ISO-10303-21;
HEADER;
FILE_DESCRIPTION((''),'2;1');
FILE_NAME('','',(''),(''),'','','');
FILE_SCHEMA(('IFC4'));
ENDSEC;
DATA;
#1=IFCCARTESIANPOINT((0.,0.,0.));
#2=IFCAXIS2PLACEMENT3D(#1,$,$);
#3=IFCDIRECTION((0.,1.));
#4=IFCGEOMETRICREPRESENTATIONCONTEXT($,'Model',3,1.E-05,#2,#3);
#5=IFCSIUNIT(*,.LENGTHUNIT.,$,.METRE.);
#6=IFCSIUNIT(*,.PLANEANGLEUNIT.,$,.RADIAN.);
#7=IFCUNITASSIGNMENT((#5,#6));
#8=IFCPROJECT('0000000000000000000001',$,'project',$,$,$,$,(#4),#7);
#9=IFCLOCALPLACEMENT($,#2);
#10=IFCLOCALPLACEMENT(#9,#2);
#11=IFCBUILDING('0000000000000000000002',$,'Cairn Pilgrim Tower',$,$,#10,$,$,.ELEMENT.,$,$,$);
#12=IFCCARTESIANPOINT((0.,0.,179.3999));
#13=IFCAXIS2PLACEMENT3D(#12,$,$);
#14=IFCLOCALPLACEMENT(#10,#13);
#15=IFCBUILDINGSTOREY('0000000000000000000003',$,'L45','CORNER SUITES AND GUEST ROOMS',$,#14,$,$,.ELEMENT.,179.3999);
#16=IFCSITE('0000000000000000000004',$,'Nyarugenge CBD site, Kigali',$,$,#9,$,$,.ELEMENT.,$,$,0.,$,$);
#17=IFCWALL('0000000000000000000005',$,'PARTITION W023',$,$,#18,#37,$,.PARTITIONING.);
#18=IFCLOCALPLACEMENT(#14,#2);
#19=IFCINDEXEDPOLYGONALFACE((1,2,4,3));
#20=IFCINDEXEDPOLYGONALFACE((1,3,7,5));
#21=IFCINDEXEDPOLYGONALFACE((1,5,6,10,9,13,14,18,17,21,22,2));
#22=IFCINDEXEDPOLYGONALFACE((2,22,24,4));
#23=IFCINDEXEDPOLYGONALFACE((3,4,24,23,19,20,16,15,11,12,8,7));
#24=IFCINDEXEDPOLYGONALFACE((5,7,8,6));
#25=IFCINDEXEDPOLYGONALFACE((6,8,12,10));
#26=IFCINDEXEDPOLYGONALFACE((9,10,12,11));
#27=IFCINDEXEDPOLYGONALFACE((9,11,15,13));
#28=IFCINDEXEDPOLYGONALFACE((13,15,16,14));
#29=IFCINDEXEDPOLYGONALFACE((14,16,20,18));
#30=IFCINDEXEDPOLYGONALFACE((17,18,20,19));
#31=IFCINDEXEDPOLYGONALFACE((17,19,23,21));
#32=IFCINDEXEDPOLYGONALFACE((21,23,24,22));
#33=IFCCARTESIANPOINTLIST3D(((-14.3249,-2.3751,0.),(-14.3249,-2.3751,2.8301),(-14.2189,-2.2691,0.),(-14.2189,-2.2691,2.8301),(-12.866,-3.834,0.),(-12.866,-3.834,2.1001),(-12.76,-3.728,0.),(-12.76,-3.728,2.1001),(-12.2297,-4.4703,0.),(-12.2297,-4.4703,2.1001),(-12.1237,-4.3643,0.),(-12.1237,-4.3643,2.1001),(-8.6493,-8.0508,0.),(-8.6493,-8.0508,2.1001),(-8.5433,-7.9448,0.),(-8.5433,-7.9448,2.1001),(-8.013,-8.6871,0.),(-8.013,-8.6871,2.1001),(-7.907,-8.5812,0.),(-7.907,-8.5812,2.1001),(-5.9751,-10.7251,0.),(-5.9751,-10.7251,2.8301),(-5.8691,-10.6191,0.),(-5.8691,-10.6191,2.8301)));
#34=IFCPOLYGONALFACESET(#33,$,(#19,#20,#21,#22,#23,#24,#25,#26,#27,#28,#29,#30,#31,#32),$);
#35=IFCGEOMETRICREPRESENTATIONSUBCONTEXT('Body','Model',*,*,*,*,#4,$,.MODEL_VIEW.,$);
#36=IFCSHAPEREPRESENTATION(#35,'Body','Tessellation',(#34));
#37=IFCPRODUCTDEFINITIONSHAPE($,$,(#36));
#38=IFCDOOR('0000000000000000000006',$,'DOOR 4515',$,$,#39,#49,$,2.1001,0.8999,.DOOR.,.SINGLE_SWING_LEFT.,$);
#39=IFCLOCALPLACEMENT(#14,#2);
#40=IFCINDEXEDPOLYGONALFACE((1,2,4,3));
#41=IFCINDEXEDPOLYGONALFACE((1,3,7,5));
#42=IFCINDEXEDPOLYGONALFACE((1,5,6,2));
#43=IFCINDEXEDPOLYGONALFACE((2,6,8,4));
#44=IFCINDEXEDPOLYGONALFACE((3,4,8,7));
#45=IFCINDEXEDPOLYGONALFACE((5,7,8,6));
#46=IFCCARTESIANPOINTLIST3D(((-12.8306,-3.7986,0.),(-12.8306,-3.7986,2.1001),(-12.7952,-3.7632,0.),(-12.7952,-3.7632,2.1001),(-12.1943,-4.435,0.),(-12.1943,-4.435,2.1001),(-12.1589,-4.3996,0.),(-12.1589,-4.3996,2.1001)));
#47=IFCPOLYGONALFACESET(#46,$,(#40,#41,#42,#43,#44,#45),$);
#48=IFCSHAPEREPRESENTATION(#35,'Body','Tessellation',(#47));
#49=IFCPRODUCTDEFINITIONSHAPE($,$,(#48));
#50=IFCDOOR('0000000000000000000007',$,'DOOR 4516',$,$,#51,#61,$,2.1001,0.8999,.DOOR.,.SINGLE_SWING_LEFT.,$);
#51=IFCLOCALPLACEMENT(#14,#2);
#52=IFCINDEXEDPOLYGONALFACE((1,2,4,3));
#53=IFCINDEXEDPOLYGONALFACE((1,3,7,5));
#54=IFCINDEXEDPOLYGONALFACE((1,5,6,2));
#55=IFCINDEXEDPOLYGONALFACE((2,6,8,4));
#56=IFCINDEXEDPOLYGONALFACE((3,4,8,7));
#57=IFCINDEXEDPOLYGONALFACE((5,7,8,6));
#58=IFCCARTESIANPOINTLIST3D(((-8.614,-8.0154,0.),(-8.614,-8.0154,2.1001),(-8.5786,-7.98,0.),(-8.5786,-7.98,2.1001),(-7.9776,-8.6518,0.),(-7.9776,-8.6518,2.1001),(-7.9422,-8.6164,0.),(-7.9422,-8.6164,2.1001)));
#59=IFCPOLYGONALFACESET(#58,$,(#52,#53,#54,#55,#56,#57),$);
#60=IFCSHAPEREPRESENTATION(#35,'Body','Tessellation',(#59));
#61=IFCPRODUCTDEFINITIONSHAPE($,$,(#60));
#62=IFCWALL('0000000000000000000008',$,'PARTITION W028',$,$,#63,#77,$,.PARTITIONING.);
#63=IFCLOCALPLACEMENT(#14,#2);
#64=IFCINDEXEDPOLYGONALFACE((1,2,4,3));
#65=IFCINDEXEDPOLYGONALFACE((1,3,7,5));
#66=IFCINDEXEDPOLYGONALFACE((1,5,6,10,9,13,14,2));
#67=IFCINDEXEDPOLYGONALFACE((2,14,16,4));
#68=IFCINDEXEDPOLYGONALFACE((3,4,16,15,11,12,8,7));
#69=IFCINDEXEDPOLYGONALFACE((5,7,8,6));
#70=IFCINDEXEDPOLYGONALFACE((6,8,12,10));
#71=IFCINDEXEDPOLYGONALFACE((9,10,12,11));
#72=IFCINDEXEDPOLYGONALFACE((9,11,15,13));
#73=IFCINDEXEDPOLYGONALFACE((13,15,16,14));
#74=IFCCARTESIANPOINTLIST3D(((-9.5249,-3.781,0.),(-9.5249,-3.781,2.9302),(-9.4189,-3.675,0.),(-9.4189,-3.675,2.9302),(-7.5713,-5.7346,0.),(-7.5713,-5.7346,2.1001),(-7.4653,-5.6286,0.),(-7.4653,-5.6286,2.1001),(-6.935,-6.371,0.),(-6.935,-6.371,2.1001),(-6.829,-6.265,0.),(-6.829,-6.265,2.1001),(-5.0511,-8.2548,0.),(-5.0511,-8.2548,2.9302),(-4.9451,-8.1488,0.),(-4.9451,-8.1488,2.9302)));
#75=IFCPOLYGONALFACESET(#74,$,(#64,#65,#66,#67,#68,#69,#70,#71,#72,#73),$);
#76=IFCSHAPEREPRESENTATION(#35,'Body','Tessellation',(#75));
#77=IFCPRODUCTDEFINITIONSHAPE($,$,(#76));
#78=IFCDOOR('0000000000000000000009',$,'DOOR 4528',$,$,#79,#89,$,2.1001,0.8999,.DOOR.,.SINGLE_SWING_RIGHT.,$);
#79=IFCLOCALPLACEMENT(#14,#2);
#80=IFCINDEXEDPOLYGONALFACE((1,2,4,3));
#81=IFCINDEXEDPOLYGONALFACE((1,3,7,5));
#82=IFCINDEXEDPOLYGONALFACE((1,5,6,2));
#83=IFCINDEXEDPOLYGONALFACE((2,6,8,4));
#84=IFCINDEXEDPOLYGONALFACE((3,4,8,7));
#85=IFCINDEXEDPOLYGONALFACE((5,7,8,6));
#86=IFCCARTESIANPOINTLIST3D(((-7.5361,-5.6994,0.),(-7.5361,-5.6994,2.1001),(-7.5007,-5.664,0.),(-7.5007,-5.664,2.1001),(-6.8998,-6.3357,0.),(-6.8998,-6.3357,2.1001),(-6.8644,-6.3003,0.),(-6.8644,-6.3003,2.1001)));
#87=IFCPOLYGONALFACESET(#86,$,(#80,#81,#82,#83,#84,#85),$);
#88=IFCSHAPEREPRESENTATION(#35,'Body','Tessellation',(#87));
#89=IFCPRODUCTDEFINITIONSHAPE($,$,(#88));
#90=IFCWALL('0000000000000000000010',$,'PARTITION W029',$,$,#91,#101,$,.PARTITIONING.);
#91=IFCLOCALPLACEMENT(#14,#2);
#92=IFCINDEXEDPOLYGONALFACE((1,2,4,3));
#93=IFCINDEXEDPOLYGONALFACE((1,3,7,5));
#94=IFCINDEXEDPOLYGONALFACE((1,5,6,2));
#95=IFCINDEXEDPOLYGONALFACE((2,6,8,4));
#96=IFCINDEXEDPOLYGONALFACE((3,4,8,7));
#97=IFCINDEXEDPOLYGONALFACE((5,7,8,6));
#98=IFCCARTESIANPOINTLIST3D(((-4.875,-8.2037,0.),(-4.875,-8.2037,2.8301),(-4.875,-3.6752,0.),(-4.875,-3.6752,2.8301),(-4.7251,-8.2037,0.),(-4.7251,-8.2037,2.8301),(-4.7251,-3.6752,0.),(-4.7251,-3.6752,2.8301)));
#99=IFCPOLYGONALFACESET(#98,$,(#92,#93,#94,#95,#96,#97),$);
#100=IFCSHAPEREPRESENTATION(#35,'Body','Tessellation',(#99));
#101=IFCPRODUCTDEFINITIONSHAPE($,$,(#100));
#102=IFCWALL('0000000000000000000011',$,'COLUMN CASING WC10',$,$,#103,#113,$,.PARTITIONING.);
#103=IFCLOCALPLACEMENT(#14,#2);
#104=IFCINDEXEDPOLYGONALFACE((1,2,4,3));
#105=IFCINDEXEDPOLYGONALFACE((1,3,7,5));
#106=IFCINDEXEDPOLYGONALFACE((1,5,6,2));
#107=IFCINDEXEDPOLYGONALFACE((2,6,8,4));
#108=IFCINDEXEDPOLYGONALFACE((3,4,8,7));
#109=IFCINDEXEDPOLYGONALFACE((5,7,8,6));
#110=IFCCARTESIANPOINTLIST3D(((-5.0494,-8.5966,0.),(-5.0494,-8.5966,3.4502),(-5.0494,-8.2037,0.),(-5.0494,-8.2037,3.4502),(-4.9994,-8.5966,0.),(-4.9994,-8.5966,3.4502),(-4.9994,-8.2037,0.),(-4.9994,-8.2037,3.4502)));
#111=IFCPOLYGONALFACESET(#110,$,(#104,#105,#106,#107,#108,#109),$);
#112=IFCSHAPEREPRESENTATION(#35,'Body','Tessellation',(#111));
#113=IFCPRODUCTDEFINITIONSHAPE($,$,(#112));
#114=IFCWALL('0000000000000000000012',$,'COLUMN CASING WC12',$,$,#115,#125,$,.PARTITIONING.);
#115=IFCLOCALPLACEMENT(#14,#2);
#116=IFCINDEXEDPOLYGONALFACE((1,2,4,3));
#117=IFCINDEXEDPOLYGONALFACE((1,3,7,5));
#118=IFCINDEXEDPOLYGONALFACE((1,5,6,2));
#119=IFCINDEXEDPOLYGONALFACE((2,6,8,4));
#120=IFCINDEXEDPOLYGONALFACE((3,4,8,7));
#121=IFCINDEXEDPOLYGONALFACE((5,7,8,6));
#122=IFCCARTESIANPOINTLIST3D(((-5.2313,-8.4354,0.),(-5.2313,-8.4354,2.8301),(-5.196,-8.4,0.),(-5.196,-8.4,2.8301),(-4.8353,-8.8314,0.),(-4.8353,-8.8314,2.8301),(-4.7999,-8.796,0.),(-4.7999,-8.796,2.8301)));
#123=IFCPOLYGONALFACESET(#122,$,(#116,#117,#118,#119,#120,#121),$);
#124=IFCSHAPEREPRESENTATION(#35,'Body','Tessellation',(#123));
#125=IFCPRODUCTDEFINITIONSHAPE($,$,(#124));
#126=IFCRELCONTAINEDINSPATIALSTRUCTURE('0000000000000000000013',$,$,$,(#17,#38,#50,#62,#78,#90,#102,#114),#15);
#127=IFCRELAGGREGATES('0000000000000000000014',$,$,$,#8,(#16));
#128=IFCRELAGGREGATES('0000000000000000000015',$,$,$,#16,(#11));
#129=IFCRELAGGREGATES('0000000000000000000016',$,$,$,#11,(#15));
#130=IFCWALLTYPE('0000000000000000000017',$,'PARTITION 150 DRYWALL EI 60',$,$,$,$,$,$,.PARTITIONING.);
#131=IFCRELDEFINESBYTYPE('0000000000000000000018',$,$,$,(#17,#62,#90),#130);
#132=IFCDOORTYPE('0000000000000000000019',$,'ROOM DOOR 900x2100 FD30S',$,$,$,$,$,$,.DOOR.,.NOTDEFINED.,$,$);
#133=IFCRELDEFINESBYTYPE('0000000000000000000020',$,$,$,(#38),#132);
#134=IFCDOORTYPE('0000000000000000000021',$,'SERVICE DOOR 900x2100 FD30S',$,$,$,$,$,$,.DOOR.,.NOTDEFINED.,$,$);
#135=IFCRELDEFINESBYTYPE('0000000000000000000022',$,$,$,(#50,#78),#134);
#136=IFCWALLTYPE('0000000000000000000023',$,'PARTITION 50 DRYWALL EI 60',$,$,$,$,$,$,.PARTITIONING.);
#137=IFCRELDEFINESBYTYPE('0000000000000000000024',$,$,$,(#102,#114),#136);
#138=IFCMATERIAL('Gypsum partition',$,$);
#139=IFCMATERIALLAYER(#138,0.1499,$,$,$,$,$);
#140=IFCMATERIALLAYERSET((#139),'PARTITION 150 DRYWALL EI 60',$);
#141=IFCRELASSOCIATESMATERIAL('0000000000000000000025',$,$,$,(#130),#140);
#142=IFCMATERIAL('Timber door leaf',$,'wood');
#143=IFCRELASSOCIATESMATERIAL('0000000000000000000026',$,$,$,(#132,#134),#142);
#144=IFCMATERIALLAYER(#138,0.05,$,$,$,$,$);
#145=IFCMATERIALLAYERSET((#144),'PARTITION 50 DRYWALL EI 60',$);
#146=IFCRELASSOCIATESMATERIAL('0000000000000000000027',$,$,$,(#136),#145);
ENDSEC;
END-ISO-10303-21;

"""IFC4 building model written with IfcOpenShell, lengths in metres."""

from ifc_helpers import new_model, si_unit, direction, frame, frame_2d, origin, place, context, subcontext, project, spatial, rectangle, extrude, material, layer, layer_set, type_object, element, fill, save


model = new_model("IFC4")

# Units and contexts
model_context = context("Model", 3, precision=1e-05, world=origin(), true_north=direction((0.0, 1.0)))
body_context = subcontext(model_context, "Body", "Model", "MODEL_VIEW")
ifc_project = project(units=[si_unit("LENGTHUNIT", "METRE"), si_unit("PLANEANGLEUNIT", "RADIAN")], contexts=[model_context])

# Site, building, storey
site_placement = place(None, origin())
site = spatial("IfcSite", under=ifc_project, at=site_placement, Name="Nyarugenge CBD site, Kigali", CompositionType="ELEMENT", RefElevation=0.0)
building_placement = place(site_placement, origin())
building = spatial("IfcBuilding", under=site, at=building_placement, Name="Cairn Pilgrim Tower", CompositionType="ELEMENT")
storey_placement = place(building_placement, frame((0.0, 0.0, 179.3999)))
storey = spatial("IfcBuildingStorey", under=building, at=storey_placement, Name="L45", Description="CORNER SUITES AND GUEST ROOMS", CompositionType="ELEMENT", Elevation=179.3999)

# Wall, openings, doors
ifc_material_1 = material(Name="Gypsum partition")
ifc_layer_1 = layer(ifc_material_1, 0.1499)
ifc_layer_set_1 = layer_set([ifc_layer_1], Name="PARTITION 150 DRYWALL EI 60")
wall_type_1 = type_object("IfcWallType", Name="PARTITION 150 DRYWALL EI 60", PredefinedType="PARTITIONING", material=ifc_layer_set_1)
ifc_material_2 = material(Name="Timber door leaf", Category="wood")
door_type_1 = type_object("IfcDoorType", Name="ROOM DOOR 900x2100 FD30S", OperationType="NOTDEFINED", PredefinedType="DOOR", material=ifc_material_2)
wall_1_placement = place(storey_placement, frame((-5.9221, -10.6721, 0.0), z_axis=(0.0, 0.0, 1.0), x_axis=(-0.707096, 0.707117, 0.0)))
wall_1 = element("IfcWall", 1, at=wall_1_placement, inside=storey, type_object=wall_type_1, Name="PARTITION W023", PredefinedType="PARTITIONING", context=body_context, shape_type="SweptSolid", body=[
    extrude(rectangle(XDim=11.8086, YDim=0.1499, at=frame_2d((5.9043, 0.0))), origin(), (0.0, 0.0, 1.0), 2.8301),
])
opening_1_placement = place(wall_1_placement, frame((8.8455, 0.0, 0.0)))
opening_1 = element("IfcOpeningElement", 2, at=opening_1_placement, cuts=wall_1, PredefinedType="OPENING", context=body_context, shape_type="SweptSolid", body=[
    extrude(rectangle(XDim=0.8999, YDim=2.1001, at=frame_2d((0.45, 1.05))), frame((0.0, 0.085, 0.0), z_axis=(0.0, -1.0, 0.0), x_axis=(1.0, 0.0, 0.0)), (0.0, 0.0, 1.0), 0.1699),
])
opening_2_placement = place(wall_1_placement, frame((2.8821, 0.0, 0.0)))
opening_2 = element("IfcOpeningElement", 3, at=opening_2_placement, cuts=wall_1, PredefinedType="OPENING", context=body_context, shape_type="SweptSolid", body=[
    extrude(rectangle(XDim=0.8999, YDim=2.1001, at=frame_2d((0.45, 1.05))), frame((0.0, 0.085, 0.0), z_axis=(0.0, -1.0, 0.0), x_axis=(1.0, 0.0, 0.0)), (0.0, 0.0, 1.0), 0.1699),
])
door_1_placement = place(opening_1_placement, origin())
door_1 = element("IfcDoor", 4, at=door_1_placement, inside=storey, type_object=door_type_1, Name="DOOR 4515", OperationType="SINGLE_SWING_LEFT", OverallHeight=2.1001, OverallWidth=0.8999, PredefinedType="DOOR", context=body_context, shape_type="SweptSolid", body=[
    extrude(rectangle(XDim=0.8999, YDim=2.1001, at=frame_2d((0.45, 1.05))), frame((0.0, 0.0249, 0.0), z_axis=(0.0, -1.0, 0.0), x_axis=(1.0, 0.0, 0.0)), (0.0, 0.0, 1.0), 0.05),
])
fill(opening_1, door_1)
door_type_2 = type_object("IfcDoorType", Name="SERVICE DOOR 900x2100 FD30S", OperationType="NOTDEFINED", PredefinedType="DOOR", material=ifc_material_2)
door_2_placement = place(opening_2_placement, origin())
door_2 = element("IfcDoor", 5, at=door_2_placement, inside=storey, type_object=door_type_2, Name="DOOR 4516", OperationType="SINGLE_SWING_LEFT", OverallHeight=2.1001, OverallWidth=0.8999, PredefinedType="DOOR", context=body_context, shape_type="SweptSolid", body=[
    extrude(rectangle(XDim=0.8999, YDim=2.1001, at=frame_2d((0.45, 1.05))), frame((0.0, 0.0249, 0.0), z_axis=(0.0, -1.0, 0.0), x_axis=(1.0, 0.0, 0.0)), (0.0, 0.0, 1.0), 0.05),
])
fill(opening_2, door_2)

# Wall, opening, door
wall_2_placement = place(storey_placement, frame((-4.998, -8.2019, 0.0), z_axis=(0.0, 0.0, 1.0), x_axis=(-0.707107, 0.707107, 0.0)))
wall_2 = element("IfcWall", 6, at=wall_2_placement, inside=storey, type_object=wall_type_1, Name="PARTITION W028", PredefinedType="PARTITIONING", context=body_context, shape_type="SweptSolid", body=[
    extrude(rectangle(XDim=6.3269, YDim=0.1499, at=frame_2d((3.1636, 0.0))), origin(), (0.0, 0.0, 1.0), 2.9302),
])
opening_3_placement = place(wall_2_placement, frame((2.6643, 0.0, 0.0)))
opening_3 = element("IfcOpeningElement", 7, at=opening_3_placement, cuts=wall_2, PredefinedType="OPENING", context=body_context, shape_type="SweptSolid", body=[
    extrude(rectangle(XDim=0.8999, YDim=2.1001, at=frame_2d((0.45, 1.05))), frame((0.0, 0.085, 0.0), z_axis=(0.0, -1.0, 0.0), x_axis=(1.0, 0.0, 0.0)), (0.0, 0.0, 1.0), 0.1699),
])
door_3_placement = place(opening_3_placement, frame((0.8999, 0.0, 0.0), z_axis=(0.0, 0.0, 1.0), x_axis=(-1.0, 0.0, 0.0)))
door_3 = element("IfcDoor", 8, at=door_3_placement, inside=storey, type_object=door_type_2, Name="DOOR 4528", OperationType="SINGLE_SWING_RIGHT", OverallHeight=2.1001, OverallWidth=0.8999, PredefinedType="DOOR", context=body_context, shape_type="SweptSolid", body=[
    extrude(rectangle(XDim=0.8999, YDim=2.1001, at=frame_2d((0.45, 1.05))), frame((0.0, 0.0249, 0.0), z_axis=(0.0, -1.0, 0.0), x_axis=(1.0, 0.0, 0.0)), (0.0, 0.0, 1.0), 0.05),
])
fill(opening_3, door_3)

# Walls
wall_3_placement = place(storey_placement, frame((-4.8, -8.2036, 0.0), z_axis=(0.0, 0.0, 1.0), x_axis=(0.0, 1.0, 0.0)))
element("IfcWall", 9, at=wall_3_placement, inside=storey, type_object=wall_type_1, Name="PARTITION W029", PredefinedType="PARTITIONING", context=body_context, shape_type="SweptSolid", body=[
    extrude(rectangle(XDim=4.5286, YDim=0.1499, at=frame_2d((2.2642, 0.0))), origin(), (0.0, 0.0, 1.0), 2.8301),
])
ifc_layer_2 = layer(ifc_material_1, 0.05)
ifc_layer_set_2 = layer_set([ifc_layer_2], Name="PARTITION 50 DRYWALL EI 60")
wall_type_2 = type_object("IfcWallType", Name="PARTITION 50 DRYWALL EI 60", PredefinedType="PARTITIONING", material=ifc_layer_set_2)
wall_4_placement = place(storey_placement, frame((-5.0244, -8.5964, 0.0), z_axis=(0.0, 0.0, 1.0), x_axis=(0.0, 1.0, 0.0)))
element("IfcWall", 10, at=wall_4_placement, inside=storey, type_object=wall_type_2, Name="COLUMN CASING WC10", PredefinedType="PARTITIONING", context=body_context, shape_type="SweptSolid", body=[
    extrude(rectangle(XDim=0.3928, YDim=0.05, at=frame_2d((0.1963, 0.0))), origin(), (0.0, 0.0, 1.0), 3.4502),
])
wall_5_placement = place(storey_placement, frame((-4.8176, -8.8137, 0.0), z_axis=(0.0, 0.0, 1.0), x_axis=(-0.707107, 0.707107, 0.0)))
element("IfcWall", 11, at=wall_5_placement, inside=storey, type_object=wall_type_2, Name="COLUMN CASING WC12", PredefinedType="PARTITIONING", context=body_context, shape_type="SweptSolid", body=[
    extrude(rectangle(XDim=0.5601, YDim=0.05, at=frame_2d((0.28, 0.0))), origin(), (0.0, 0.0, 1.0), 2.8301),
])

save(model, "model.ifc")
